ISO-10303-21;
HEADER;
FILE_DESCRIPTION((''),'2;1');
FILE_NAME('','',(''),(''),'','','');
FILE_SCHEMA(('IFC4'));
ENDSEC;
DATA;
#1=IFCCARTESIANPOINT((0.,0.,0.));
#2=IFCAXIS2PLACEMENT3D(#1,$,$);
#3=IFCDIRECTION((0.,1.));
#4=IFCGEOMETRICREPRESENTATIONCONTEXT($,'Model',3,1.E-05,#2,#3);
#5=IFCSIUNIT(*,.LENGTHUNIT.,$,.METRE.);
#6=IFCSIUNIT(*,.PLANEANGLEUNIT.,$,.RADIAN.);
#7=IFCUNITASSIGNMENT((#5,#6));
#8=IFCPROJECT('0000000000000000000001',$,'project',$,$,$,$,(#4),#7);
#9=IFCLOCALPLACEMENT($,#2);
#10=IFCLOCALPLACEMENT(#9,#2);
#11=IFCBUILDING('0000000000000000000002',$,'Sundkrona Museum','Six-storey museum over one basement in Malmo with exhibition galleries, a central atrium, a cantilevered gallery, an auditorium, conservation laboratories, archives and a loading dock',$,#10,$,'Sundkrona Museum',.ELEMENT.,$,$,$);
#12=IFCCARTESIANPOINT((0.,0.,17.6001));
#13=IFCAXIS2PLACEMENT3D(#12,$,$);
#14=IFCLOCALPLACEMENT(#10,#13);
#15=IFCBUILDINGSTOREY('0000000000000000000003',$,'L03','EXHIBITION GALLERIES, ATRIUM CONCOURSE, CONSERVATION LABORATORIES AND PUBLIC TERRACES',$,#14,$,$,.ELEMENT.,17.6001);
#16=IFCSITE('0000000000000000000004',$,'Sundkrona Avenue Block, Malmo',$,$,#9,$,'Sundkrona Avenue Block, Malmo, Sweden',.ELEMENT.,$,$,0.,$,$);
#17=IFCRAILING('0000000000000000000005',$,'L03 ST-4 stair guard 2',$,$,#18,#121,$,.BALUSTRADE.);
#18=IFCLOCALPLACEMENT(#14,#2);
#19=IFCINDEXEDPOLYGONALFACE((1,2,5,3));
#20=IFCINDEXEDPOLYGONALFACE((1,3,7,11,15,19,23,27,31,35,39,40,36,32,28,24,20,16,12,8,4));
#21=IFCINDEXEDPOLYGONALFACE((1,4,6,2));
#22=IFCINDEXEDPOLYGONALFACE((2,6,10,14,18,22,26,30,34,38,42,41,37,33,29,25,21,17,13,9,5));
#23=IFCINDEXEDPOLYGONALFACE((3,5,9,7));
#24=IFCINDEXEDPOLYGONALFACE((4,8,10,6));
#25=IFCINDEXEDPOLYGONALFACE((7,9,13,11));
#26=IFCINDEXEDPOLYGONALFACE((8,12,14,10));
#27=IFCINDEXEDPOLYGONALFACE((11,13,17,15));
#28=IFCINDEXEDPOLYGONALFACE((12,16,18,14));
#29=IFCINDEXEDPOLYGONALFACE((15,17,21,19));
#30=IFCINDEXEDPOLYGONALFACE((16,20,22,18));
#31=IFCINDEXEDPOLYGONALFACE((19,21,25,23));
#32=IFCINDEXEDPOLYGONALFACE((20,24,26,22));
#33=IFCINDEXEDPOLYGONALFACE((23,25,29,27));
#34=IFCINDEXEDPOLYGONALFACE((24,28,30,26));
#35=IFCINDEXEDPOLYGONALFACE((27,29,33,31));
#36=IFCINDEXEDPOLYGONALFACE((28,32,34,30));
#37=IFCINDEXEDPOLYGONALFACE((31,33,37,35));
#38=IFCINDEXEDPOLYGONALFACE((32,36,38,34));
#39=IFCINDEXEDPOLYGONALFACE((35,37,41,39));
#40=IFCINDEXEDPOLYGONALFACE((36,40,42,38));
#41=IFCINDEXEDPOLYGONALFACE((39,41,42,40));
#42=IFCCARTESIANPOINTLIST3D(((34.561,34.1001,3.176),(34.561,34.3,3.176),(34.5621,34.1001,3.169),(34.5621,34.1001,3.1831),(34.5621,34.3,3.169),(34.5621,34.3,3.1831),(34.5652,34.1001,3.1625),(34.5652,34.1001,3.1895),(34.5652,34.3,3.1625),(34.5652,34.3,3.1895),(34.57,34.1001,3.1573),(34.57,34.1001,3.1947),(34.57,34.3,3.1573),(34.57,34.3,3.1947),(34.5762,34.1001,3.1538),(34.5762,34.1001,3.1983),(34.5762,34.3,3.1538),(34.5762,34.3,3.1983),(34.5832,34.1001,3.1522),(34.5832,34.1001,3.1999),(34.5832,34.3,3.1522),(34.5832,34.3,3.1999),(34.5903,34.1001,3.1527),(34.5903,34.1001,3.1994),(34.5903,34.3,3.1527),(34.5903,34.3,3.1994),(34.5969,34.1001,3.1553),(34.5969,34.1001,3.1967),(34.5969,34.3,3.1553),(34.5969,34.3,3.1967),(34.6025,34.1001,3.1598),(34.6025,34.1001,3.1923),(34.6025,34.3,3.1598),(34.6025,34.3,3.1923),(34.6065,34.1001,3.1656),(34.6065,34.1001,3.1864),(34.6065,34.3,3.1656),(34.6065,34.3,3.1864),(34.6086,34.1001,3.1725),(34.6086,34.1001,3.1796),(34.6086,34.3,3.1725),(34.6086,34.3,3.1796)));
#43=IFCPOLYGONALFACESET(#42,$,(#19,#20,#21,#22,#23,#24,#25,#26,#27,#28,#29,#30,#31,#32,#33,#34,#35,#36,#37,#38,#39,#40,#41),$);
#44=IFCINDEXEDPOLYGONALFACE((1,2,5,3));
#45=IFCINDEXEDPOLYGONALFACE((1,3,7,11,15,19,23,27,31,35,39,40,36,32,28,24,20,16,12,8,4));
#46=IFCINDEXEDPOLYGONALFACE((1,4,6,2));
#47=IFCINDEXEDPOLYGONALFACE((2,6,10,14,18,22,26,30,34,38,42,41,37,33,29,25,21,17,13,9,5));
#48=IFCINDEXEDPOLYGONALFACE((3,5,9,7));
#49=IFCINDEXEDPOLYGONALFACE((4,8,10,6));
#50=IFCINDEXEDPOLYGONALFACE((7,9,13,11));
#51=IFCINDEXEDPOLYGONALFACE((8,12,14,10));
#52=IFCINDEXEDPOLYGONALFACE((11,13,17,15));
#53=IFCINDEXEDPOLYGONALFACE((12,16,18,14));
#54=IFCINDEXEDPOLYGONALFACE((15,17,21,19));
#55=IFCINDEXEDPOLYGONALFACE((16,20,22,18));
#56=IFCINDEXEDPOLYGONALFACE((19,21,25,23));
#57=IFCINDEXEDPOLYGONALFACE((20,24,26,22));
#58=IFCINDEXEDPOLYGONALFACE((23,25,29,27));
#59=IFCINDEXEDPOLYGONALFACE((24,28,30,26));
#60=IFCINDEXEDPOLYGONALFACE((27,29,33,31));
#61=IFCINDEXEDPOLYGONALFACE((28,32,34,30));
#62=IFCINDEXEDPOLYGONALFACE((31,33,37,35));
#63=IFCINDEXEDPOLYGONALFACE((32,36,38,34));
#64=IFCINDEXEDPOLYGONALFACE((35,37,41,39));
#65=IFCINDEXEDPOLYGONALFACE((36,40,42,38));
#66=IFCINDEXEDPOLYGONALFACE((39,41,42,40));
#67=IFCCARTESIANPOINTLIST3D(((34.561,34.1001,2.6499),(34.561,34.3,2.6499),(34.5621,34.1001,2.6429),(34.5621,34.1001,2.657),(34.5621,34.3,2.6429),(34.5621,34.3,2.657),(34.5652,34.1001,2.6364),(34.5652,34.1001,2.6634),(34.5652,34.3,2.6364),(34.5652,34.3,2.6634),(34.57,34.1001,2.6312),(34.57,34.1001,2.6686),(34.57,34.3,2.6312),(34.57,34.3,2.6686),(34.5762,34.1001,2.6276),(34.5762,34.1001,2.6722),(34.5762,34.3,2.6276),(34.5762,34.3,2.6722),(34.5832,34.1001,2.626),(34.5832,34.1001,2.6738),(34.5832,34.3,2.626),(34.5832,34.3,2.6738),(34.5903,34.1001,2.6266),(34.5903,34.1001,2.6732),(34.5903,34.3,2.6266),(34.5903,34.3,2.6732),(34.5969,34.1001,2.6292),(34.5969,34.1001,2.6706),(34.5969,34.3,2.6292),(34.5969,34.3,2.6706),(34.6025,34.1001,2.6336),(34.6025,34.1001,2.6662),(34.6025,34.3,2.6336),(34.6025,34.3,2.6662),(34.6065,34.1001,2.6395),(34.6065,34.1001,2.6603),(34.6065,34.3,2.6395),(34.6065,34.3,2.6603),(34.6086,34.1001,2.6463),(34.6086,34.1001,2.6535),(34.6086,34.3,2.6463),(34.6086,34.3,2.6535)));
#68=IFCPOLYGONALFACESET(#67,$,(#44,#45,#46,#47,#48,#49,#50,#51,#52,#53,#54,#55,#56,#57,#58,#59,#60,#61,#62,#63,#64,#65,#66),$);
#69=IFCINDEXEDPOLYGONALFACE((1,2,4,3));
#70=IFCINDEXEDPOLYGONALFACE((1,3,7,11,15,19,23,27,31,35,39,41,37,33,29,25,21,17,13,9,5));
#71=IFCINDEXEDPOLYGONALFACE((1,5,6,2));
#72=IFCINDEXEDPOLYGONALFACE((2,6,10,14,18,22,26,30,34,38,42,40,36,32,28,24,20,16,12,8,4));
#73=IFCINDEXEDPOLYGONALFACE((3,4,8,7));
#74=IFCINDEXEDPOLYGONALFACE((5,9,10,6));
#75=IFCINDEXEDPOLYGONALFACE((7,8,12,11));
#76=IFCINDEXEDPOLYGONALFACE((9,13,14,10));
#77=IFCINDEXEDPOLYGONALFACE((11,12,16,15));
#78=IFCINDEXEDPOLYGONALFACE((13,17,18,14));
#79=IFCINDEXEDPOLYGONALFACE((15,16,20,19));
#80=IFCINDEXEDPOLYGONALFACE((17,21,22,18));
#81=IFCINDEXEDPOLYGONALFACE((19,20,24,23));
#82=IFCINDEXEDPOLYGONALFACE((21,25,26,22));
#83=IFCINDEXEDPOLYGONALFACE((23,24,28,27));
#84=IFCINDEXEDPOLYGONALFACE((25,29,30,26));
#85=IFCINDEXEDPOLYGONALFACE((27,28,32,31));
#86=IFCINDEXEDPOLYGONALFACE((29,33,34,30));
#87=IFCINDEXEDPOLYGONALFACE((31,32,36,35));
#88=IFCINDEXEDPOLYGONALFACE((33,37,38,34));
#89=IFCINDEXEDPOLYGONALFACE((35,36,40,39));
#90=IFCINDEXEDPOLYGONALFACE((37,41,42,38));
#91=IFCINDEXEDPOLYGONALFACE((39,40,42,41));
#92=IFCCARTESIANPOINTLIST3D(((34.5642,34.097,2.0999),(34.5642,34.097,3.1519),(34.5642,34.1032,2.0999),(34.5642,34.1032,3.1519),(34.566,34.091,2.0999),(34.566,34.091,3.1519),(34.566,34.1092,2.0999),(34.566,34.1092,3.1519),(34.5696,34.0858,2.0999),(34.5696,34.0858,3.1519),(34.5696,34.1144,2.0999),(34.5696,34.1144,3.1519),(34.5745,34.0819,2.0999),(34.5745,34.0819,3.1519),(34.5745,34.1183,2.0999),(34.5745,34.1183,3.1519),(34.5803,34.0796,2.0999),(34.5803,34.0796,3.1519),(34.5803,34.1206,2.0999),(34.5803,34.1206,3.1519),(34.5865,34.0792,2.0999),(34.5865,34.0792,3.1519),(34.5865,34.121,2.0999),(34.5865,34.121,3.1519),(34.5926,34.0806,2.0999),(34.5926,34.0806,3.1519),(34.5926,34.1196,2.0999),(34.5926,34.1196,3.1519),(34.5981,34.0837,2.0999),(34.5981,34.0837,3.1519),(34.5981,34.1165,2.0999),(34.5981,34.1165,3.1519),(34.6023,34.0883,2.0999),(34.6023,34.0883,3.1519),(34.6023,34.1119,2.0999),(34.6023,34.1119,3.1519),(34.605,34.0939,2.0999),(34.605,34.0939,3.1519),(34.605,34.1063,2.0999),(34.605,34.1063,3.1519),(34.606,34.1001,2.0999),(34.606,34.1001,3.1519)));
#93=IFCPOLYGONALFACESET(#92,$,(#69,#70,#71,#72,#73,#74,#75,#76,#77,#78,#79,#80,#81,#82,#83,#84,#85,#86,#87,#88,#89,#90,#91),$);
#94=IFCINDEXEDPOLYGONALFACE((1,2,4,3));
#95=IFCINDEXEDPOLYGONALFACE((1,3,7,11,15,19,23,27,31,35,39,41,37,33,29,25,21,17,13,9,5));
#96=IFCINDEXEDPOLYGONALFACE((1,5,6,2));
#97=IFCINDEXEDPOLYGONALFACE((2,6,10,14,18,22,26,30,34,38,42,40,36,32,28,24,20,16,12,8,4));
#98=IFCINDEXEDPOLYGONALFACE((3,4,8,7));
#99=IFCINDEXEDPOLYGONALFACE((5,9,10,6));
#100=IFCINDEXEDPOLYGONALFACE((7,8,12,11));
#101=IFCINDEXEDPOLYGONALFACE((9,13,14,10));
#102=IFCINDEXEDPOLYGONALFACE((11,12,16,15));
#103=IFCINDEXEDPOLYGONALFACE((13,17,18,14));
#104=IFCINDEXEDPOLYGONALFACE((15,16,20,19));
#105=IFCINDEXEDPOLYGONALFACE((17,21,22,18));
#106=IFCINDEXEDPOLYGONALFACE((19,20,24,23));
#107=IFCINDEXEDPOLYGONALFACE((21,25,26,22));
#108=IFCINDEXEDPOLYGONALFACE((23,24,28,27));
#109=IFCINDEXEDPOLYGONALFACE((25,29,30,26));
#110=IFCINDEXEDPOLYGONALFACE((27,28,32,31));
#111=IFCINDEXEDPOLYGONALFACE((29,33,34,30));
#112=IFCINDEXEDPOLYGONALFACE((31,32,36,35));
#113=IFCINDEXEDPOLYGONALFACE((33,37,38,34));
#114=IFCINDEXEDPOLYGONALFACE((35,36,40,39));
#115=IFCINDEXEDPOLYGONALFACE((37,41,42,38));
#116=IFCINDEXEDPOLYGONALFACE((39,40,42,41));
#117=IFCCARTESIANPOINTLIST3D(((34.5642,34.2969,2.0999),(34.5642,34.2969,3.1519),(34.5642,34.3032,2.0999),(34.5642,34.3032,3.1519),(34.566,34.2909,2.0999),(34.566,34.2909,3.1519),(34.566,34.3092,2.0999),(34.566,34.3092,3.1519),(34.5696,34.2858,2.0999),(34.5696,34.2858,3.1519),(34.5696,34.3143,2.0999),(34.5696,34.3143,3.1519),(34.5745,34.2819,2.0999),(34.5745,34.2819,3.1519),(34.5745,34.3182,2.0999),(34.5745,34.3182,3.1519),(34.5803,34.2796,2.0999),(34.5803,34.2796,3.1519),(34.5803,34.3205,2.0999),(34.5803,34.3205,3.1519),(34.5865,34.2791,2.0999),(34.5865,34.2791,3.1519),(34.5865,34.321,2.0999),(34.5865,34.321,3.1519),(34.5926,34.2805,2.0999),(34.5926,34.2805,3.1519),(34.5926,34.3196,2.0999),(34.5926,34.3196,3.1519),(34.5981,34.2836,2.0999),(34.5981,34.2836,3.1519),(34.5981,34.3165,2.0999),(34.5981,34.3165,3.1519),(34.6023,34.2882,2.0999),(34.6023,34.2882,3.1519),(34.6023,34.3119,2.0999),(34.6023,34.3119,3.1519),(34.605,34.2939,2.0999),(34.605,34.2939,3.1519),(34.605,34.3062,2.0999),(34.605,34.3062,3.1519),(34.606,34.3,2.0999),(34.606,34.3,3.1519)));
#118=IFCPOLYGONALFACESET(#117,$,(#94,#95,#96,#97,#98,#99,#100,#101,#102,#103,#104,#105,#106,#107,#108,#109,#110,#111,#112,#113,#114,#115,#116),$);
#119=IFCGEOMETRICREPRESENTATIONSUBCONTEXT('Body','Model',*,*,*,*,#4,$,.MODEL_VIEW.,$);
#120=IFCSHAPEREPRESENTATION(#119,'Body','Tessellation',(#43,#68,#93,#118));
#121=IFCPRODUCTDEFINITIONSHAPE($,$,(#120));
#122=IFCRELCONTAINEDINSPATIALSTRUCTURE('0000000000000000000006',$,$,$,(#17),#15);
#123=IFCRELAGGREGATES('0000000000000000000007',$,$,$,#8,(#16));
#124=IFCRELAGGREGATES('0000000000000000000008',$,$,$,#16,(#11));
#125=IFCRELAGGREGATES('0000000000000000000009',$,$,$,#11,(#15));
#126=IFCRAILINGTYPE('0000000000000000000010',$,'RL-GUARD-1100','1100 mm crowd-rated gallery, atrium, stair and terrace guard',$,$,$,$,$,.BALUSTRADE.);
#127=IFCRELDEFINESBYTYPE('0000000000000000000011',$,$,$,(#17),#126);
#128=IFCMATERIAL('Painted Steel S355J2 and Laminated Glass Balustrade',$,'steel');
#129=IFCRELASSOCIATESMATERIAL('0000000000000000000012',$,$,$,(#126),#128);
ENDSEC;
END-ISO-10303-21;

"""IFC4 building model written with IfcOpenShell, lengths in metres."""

from ifc_helpers import new_model, si_unit, direction, frame, origin, origin_2d, place, context, subcontext, project, spatial, circle, extrude, material, type_object, element, save


model = new_model("IFC4")

# Units and contexts
model_context = context("Model", 3, precision=1e-05, world=origin(), true_north=direction((0.0, 1.0)))
body_context = subcontext(model_context, "Body", "Model", "MODEL_VIEW")
ifc_project = project(units=[si_unit("LENGTHUNIT", "METRE"), si_unit("PLANEANGLEUNIT", "RADIAN")], contexts=[model_context])

# Site, building, storey
site_placement = place(None, origin())
site = spatial("IfcSite", under=ifc_project, at=site_placement, Name="Sundkrona Avenue Block, Malmo", LongName="Sundkrona Avenue Block, Malmo, Sweden", CompositionType="ELEMENT", RefElevation=0.0)
building_placement = place(site_placement, origin())
building = spatial("IfcBuilding", under=site, at=building_placement, Name="Sundkrona Museum", Description="Six-storey museum over one basement in Malmo with exhibition galleries, a central atrium, a cantilevered gallery, an auditorium, conservation laboratories, archives and a loading dock", LongName="Sundkrona Museum", CompositionType="ELEMENT")
storey_placement = place(building_placement, frame((0.0, 0.0, 17.6001)))
storey = spatial("IfcBuildingStorey", under=building, at=storey_placement, Name="L03", Description="EXHIBITION GALLERIES, ATRIUM CONCOURSE, CONSERVATION LABORATORIES AND PUBLIC TERRACES", CompositionType="ELEMENT", Elevation=17.6001)

# Railing
ifc_material_1 = material(Name="Painted Steel S355J2 and Laminated Glass Balustrade", Category="steel")
railing_type_1 = type_object("IfcRailingType", Name="RL-GUARD-1100", Description="1100 mm crowd-rated gallery, atrium, stair and terrace guard", PredefinedType="BALUSTRADE", material=ifc_material_1)
railing_1_placement = place(storey_placement, frame((34.585, 34.1001, 2.0999)))
element("IfcRailing", 1, at=railing_1_placement, inside=storey, type_object=railing_type_1, Name="L03 ST-4 stair guard 2", PredefinedType="BALUSTRADE", context=body_context, shape_type="SweptSolid", body=[
    extrude(circle(Radius=0.0239, at=origin_2d()), frame((0.0, 0.0, 1.0762), z_axis=(0.0, 1.0, 0.0), x_axis=(-1.0, 0.0, 0.0)), (0.0, 0.0, 1.0), 0.2),
    extrude(circle(Radius=0.0239, at=origin_2d()), frame((0.0, 0.0, 0.55), z_axis=(0.0, 1.0, 0.0), x_axis=(-1.0, 0.0, 0.0)), (0.0, 0.0, 1.0), 0.2),
    extrude(circle(Radius=0.021, at=origin_2d()), origin(), (0.0, 0.0, 1.0), 1.052),
    extrude(circle(Radius=0.021, at=origin_2d()), frame((0.0, 0.2, 0.0)), (0.0, 0.0, 1.0), 1.052),
])

save(model, "model.ifc")
